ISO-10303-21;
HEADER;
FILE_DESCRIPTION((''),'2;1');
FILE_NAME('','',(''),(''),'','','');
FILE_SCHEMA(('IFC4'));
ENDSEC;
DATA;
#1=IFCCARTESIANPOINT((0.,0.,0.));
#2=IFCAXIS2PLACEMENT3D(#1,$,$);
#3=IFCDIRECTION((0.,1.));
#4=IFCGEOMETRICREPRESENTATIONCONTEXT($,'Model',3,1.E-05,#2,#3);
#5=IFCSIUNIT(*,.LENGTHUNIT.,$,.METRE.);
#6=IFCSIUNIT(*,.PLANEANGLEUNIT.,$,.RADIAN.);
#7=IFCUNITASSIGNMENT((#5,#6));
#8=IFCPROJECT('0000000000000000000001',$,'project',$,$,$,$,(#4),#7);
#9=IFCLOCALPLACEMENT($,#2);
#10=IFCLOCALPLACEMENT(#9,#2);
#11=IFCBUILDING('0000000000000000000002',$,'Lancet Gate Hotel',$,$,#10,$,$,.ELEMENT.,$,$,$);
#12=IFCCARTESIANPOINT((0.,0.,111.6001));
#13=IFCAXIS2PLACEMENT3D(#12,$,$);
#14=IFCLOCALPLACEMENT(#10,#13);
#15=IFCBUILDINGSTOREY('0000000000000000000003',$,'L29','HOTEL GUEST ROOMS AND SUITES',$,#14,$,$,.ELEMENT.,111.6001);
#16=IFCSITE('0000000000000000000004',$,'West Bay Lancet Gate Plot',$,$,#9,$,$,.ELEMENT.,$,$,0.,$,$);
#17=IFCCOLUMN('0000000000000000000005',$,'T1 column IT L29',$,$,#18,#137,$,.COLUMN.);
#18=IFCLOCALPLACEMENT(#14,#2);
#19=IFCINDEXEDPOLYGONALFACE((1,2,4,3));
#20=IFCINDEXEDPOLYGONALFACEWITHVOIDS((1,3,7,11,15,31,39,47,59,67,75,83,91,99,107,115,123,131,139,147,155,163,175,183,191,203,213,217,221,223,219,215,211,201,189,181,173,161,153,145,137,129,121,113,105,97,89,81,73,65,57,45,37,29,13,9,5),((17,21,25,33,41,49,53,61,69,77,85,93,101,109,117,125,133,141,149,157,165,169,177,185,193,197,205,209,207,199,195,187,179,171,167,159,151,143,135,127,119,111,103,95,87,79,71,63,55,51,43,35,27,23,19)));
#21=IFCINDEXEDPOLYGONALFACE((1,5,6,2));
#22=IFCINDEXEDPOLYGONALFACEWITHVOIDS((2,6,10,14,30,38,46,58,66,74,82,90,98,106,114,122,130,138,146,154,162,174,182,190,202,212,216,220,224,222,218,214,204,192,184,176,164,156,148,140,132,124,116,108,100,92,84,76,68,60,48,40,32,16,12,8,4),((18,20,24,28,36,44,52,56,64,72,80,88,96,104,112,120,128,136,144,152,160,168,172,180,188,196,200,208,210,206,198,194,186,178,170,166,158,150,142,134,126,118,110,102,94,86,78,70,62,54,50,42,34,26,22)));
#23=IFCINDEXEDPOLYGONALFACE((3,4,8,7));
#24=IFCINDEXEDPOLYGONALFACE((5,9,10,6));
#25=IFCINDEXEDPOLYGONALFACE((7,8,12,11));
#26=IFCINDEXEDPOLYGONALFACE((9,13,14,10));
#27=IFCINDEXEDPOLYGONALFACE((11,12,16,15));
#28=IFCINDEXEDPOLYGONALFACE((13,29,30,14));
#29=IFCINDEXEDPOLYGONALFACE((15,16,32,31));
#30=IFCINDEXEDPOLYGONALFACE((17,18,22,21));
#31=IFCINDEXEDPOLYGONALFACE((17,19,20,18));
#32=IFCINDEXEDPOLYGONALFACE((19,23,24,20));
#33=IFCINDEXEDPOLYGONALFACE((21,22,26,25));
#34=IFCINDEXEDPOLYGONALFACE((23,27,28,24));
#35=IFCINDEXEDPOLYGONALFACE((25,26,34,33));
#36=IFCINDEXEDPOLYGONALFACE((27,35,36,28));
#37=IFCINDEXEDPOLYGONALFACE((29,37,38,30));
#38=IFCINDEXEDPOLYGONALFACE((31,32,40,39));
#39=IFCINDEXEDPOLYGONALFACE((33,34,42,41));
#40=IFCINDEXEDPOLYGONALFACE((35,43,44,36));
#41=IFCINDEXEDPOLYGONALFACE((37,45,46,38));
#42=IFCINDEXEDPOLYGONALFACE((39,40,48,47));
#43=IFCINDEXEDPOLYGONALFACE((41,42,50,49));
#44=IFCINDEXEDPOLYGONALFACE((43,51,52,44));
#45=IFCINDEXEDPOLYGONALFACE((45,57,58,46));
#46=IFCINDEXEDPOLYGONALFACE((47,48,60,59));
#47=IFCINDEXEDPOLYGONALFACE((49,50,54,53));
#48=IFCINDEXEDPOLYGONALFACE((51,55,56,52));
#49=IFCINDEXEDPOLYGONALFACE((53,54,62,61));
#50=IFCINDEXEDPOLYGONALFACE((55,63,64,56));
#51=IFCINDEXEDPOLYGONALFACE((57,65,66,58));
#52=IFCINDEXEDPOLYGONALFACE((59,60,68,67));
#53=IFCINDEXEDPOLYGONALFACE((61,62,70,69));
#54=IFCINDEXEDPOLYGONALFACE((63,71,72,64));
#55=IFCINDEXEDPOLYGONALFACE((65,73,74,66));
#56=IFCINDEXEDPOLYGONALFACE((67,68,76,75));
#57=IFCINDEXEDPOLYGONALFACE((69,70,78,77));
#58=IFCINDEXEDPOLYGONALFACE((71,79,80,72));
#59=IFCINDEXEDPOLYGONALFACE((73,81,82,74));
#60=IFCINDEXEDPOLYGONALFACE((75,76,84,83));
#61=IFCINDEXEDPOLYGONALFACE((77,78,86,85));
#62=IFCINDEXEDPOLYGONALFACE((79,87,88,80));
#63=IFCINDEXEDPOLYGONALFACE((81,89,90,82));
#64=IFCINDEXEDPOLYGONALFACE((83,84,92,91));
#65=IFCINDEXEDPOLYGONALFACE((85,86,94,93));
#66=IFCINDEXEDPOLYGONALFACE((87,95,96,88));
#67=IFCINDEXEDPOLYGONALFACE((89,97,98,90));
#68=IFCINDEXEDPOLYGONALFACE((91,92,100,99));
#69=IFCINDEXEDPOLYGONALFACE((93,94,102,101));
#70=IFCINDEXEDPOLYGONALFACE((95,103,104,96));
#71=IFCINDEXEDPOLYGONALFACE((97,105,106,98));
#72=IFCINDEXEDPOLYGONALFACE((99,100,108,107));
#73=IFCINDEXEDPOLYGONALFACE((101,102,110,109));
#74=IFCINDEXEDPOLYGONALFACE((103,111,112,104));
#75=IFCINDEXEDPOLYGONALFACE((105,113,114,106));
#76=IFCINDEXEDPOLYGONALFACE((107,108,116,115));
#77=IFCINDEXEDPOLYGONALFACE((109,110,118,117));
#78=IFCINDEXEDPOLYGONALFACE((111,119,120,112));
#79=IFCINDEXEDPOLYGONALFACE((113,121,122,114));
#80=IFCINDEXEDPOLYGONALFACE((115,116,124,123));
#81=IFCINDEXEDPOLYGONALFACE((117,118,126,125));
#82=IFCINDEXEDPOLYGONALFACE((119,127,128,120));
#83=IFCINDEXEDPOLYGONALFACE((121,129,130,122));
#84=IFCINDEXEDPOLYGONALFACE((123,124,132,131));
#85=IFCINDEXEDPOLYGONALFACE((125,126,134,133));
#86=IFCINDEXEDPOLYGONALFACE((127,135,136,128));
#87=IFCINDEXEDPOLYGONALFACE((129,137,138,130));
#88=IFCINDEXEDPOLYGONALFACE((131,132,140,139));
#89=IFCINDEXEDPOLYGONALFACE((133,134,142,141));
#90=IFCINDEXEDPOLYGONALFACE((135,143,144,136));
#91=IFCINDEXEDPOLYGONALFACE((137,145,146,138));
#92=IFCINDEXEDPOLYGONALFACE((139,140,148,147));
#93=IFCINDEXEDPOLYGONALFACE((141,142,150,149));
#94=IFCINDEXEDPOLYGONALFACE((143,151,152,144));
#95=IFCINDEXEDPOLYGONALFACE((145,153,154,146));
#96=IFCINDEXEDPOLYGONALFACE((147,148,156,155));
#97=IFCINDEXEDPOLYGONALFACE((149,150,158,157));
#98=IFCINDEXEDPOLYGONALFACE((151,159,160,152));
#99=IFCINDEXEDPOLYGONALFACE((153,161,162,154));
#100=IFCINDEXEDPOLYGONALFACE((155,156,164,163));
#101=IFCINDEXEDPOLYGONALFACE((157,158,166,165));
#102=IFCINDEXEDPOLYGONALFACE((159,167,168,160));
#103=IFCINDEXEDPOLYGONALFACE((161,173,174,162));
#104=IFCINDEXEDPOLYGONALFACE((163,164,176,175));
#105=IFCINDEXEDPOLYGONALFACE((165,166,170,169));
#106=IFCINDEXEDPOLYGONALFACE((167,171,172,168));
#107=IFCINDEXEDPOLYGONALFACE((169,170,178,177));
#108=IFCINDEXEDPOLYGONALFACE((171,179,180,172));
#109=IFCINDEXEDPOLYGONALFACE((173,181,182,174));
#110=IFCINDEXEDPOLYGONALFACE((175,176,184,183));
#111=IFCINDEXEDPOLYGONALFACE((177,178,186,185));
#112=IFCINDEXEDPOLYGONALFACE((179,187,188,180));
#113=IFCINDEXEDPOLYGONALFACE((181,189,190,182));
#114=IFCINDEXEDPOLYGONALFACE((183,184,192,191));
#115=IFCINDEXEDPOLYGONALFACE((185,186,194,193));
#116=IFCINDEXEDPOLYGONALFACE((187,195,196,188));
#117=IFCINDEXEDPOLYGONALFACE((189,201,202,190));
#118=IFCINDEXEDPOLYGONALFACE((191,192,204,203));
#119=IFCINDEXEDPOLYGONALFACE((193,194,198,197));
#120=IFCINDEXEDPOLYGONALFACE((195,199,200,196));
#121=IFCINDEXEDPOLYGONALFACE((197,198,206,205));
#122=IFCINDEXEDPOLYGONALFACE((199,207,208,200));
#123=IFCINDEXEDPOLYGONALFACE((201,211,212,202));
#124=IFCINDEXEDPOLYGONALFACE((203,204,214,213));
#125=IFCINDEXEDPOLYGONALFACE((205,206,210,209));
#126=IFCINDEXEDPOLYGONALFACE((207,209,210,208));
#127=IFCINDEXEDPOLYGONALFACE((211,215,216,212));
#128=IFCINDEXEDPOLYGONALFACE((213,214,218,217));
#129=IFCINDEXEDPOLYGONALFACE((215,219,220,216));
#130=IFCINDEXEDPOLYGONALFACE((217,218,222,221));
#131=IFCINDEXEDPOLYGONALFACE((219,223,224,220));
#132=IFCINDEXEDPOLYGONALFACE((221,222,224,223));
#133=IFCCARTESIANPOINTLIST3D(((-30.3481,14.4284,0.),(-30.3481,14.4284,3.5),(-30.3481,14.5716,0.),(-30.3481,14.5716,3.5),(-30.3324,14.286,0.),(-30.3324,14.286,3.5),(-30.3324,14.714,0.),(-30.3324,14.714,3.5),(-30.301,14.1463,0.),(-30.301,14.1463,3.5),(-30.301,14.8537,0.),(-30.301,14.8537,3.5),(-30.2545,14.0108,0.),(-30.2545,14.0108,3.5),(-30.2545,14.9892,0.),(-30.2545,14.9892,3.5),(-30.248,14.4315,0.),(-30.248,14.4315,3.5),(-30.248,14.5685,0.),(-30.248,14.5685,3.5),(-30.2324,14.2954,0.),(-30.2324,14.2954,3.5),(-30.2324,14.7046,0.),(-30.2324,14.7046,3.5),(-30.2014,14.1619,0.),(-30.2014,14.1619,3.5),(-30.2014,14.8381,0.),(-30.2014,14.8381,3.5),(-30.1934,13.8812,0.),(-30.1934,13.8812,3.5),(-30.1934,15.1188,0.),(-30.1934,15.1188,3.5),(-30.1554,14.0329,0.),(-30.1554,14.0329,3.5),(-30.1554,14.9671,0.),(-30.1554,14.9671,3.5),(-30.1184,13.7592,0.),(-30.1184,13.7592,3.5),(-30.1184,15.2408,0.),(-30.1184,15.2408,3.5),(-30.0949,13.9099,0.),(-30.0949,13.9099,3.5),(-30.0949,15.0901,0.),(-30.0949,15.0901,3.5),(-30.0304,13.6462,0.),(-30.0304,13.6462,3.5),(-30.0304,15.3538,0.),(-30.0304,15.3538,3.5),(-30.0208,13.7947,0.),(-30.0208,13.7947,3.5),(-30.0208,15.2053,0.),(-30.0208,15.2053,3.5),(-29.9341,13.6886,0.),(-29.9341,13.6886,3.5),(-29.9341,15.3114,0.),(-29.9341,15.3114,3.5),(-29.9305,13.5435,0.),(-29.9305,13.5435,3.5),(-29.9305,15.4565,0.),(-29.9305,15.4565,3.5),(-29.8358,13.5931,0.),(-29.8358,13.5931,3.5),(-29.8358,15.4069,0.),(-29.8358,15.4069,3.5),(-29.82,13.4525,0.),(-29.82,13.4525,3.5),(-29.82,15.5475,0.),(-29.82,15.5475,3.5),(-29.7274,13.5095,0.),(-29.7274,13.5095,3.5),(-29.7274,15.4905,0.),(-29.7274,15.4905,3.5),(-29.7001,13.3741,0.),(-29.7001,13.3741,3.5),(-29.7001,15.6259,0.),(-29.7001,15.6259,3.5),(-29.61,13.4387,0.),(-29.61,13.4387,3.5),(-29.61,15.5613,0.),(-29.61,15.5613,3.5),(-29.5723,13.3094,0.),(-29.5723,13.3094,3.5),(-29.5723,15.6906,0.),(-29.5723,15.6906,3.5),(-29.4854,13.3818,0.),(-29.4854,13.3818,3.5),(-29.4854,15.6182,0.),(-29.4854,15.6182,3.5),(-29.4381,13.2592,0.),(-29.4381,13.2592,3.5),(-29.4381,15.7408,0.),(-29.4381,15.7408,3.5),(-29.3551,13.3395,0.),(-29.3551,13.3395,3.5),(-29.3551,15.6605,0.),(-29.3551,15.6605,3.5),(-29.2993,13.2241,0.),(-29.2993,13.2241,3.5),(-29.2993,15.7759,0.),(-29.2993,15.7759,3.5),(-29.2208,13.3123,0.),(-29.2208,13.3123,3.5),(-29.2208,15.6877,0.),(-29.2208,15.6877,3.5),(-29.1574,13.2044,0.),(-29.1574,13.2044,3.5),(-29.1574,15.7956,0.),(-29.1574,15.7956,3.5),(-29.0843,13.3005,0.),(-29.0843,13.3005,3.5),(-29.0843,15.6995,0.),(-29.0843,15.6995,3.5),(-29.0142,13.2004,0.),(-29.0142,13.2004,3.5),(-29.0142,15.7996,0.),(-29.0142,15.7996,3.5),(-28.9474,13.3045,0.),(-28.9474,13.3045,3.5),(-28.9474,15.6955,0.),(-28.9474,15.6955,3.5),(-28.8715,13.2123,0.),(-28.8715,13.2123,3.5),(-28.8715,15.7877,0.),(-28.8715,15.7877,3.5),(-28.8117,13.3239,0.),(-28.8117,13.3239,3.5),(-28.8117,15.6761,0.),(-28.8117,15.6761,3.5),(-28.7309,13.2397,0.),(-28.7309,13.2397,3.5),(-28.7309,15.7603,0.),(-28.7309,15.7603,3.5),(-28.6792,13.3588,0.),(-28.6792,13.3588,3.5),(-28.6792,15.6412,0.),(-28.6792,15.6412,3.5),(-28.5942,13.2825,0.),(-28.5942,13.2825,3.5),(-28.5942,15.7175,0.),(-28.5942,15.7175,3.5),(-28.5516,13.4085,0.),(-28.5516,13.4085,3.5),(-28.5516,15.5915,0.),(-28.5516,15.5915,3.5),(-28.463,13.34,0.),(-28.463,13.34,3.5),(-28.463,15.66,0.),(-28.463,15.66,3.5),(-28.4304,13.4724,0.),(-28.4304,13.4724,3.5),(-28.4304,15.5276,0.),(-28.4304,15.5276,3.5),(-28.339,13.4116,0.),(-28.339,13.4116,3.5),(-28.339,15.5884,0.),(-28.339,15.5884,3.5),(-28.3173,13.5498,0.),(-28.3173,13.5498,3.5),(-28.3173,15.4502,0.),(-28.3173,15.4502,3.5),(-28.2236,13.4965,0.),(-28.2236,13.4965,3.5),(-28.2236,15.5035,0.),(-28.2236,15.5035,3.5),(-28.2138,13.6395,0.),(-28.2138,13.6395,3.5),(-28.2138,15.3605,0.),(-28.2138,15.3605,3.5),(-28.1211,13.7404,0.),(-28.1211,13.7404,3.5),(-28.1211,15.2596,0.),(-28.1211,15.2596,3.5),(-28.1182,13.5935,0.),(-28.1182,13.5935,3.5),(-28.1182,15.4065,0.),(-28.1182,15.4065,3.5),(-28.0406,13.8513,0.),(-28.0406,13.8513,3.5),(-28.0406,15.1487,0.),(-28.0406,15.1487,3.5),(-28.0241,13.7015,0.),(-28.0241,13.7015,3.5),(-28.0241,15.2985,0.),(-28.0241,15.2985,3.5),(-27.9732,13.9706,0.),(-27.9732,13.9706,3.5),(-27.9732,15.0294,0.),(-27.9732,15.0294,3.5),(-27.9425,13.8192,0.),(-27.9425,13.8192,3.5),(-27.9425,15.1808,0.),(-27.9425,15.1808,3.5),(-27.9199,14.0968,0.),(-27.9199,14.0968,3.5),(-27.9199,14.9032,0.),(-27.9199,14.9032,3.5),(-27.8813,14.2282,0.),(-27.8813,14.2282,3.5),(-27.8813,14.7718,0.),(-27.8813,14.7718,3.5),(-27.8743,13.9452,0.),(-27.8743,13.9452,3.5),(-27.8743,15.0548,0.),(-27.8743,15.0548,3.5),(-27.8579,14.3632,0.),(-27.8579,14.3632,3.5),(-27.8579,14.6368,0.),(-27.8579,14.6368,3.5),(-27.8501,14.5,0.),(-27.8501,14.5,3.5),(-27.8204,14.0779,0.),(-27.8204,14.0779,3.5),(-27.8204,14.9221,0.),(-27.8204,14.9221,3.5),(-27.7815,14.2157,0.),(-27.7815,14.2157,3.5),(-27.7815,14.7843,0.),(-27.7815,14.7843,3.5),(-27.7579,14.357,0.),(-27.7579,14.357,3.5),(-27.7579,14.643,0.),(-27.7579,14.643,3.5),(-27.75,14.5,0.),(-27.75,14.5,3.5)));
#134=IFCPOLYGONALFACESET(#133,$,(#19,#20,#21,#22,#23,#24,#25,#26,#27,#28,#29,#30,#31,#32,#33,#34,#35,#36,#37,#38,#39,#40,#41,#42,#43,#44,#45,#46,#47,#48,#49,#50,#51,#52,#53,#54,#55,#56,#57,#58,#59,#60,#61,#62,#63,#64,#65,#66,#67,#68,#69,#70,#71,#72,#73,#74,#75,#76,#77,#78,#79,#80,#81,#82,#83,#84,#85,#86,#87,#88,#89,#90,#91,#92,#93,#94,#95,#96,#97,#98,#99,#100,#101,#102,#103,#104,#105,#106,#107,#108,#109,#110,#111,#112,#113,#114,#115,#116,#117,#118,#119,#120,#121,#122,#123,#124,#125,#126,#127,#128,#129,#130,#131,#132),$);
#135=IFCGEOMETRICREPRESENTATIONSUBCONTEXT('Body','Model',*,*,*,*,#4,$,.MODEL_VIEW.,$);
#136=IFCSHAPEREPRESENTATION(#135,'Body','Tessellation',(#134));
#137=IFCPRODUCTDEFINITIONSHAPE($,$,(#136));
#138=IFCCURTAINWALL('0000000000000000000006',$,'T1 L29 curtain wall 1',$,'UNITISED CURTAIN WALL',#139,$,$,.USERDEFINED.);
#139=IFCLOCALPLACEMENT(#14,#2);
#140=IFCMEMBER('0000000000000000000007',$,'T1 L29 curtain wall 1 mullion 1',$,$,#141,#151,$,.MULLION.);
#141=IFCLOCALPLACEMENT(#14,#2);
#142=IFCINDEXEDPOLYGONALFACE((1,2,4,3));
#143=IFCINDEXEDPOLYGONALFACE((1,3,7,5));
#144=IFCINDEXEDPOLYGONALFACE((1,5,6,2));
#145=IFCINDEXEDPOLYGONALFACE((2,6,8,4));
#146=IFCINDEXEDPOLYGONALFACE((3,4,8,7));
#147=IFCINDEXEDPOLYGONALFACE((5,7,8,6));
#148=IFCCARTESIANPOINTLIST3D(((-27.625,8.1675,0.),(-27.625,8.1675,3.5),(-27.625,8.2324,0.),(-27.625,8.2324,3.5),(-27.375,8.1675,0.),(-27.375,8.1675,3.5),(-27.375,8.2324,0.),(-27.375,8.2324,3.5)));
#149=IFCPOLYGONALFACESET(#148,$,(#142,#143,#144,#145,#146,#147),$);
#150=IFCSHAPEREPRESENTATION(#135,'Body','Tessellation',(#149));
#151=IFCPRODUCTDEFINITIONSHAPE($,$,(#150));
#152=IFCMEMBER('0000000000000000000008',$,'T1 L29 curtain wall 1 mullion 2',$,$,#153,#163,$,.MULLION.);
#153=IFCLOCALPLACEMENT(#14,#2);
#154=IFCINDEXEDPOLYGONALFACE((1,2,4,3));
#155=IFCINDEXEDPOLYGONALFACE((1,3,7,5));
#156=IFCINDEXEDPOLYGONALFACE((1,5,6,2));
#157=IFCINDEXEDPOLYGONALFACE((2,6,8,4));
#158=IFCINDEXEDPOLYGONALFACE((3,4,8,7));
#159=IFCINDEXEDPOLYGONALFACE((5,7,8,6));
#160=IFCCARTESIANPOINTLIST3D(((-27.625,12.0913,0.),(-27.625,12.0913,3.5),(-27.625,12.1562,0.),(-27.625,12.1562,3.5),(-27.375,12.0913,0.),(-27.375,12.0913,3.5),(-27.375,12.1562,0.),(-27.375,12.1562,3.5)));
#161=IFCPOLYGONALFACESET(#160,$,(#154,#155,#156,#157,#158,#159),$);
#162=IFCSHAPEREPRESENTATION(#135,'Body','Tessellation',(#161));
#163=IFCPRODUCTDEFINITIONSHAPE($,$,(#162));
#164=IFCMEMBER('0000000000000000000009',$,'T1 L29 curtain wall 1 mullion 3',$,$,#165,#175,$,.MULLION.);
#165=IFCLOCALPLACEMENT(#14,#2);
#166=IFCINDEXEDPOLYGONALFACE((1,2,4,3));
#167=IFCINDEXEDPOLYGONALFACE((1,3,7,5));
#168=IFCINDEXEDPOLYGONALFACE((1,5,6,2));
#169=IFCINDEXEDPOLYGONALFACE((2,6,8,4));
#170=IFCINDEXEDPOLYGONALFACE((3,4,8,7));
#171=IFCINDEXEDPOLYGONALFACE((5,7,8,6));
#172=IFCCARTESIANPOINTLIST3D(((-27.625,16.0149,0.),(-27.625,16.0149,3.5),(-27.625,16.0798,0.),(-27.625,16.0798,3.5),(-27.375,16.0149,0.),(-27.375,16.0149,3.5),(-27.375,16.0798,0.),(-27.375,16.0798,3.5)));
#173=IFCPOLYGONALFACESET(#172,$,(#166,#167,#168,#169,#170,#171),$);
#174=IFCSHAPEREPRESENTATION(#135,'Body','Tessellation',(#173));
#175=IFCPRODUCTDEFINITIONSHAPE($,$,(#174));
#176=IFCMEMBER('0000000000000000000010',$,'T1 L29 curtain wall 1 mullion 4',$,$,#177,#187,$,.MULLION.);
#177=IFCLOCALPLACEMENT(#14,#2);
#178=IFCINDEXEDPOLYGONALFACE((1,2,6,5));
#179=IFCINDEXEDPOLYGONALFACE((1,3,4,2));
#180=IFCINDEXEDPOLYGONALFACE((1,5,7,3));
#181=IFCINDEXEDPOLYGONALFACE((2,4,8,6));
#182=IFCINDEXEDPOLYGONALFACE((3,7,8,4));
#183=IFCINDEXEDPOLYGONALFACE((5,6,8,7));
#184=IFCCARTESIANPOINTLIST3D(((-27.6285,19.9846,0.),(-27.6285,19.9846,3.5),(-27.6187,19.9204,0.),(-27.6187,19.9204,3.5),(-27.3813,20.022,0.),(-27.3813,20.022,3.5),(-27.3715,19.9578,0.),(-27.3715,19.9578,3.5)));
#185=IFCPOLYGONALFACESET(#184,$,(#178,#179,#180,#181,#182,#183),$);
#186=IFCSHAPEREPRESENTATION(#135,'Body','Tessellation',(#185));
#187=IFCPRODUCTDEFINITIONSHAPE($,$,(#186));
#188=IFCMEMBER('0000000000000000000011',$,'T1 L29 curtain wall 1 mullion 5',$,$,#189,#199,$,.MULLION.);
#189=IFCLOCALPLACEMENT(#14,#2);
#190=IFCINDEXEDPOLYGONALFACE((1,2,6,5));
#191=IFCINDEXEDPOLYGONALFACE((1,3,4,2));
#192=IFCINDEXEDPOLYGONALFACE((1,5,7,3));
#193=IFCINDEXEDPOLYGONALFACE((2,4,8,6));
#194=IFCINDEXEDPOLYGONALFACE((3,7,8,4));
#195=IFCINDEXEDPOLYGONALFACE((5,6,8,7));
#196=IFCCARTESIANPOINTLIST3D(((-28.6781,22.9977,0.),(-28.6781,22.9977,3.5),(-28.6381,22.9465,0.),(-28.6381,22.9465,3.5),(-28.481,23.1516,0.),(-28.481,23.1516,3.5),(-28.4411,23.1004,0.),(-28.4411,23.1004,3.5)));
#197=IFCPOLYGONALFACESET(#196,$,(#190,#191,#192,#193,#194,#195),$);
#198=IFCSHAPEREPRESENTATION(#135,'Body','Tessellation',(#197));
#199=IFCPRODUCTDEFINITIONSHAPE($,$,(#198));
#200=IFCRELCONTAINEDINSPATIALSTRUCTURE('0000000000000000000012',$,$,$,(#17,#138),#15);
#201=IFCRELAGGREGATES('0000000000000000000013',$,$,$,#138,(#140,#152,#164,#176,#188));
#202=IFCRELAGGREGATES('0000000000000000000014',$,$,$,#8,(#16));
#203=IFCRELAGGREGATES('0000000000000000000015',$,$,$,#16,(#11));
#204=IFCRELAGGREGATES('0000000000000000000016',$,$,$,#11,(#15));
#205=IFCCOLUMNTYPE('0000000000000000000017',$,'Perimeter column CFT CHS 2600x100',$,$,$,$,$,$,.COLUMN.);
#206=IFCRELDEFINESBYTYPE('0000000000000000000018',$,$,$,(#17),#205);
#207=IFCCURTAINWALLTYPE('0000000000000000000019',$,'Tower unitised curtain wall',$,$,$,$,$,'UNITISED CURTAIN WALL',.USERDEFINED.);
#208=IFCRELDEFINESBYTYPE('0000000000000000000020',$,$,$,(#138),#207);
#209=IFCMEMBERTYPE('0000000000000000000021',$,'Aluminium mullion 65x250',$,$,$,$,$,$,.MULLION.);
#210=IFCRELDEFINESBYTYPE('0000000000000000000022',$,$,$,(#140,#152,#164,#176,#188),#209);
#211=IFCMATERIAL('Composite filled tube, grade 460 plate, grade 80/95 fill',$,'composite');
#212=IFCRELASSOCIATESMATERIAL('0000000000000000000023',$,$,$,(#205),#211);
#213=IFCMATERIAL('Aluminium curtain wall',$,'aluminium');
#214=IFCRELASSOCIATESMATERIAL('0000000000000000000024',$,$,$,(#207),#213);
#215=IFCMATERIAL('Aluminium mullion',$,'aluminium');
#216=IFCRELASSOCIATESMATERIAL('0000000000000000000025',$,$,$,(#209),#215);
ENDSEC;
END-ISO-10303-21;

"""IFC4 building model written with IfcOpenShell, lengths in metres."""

from ifc_helpers import new_model, si_unit, direction, frame, origin, origin_2d, place, context, subcontext, project, spatial, rectangle, hollow_circle, extrude, material, material_profile, profile_set, type_object, element, aggregate, save


model = new_model("IFC4")

# Units and contexts
model_context = context("Model", 3, precision=1e-05, world=origin(), true_north=direction((0.0, 1.0)))
body_context = subcontext(model_context, "Body", "Model", "MODEL_VIEW")
ifc_project = project(units=[si_unit("LENGTHUNIT", "METRE"), si_unit("PLANEANGLEUNIT", "RADIAN")], contexts=[model_context])

# Site, building, storey
site_placement = place(None, origin())
site = spatial("IfcSite", under=ifc_project, at=site_placement, Name="West Bay Lancet Gate Plot", CompositionType="ELEMENT", RefElevation=0.0)
building_placement = place(site_placement, origin())
building = spatial("IfcBuilding", under=site, at=building_placement, Name="Lancet Gate Hotel", CompositionType="ELEMENT")
storey_placement = place(building_placement, frame((0.0, 0.0, 111.6001)))
storey = spatial("IfcBuildingStorey", under=building, at=storey_placement, Name="L29", Description="HOTEL GUEST ROOMS AND SUITES", CompositionType="ELEMENT", Elevation=111.6001)

# Column
ifc_material_1 = material(Name="Composite filled tube, grade 460 plate, grade 80/95 fill", Category="composite")
ifc_material_profile_1 = material_profile(ifc_material_1, hollow_circle(Radius=1.3, WallThickness=0.1001, at=origin_2d()), Name="CHS 2600x100")
ifc_profile_set_1 = profile_set([ifc_material_profile_1], Name="Composite filled tube, grade 460 plate, grade 80/95 fill")
column_type = type_object("IfcColumnType", Name="Perimeter column CFT CHS 2600x100", PredefinedType="COLUMN", material=ifc_profile_set_1)
for number, where, z_axis, x_axis, name in (
    (1, (-29.05, 14.5, 0.0), (0.0, 0.0, 1.0), (1.0, 0.0, 0.0), "T1 column IT L29"),
):
    element("IfcColumn", number, at=place(storey_placement, frame(where, z_axis=z_axis, x_axis=x_axis)), inside=storey, type_object=column_type, Name=name, PredefinedType="COLUMN", context=body_context, shape_type="SweptSolid", body=[
        extrude(hollow_circle(Radius=1.3, WallThickness=0.1001, at=origin_2d()), origin(), (0.0, 0.0, 1.0), 3.5),
    ])

# Curtain wall, members
ifc_material_2 = material(Name="Aluminium curtain wall", Category="aluminium")
curtain_wall_type = type_object("IfcCurtainWallType", Name="Tower unitised curtain wall", ElementType="UNITISED CURTAIN WALL", PredefinedType="USERDEFINED", material=ifc_material_2)
curtain_wall_placement = place(storey_placement, origin())
curtain_wall = element("IfcCurtainWall", 2, at=curtain_wall_placement, inside=storey, type_object=curtain_wall_type, Name="T1 L29 curtain wall 1", ObjectType="UNITISED CURTAIN WALL", PredefinedType="USERDEFINED")
ifc_material_3 = material(Name="Aluminium mullion", Category="aluminium")
ifc_material_profile_2 = material_profile(ifc_material_3, rectangle(XDim=0.0649, YDim=0.25, at=origin_2d()), Name="MULLION 65x250")
ifc_profile_set_2 = profile_set([ifc_material_profile_2], Name="Aluminium mullion")
member_type_1 = type_object("IfcMemberType", Name="Aluminium mullion 65x250", PredefinedType="MULLION", material=ifc_profile_set_2)
member_1_placement = place(storey_placement, frame((-27.5, 8.2, 0.0), z_axis=(0.0, 0.0, 1.0), x_axis=(0.0, 1.0, 0.0)))
member_1 = element("IfcMember", 3, at=member_1_placement, type_object=member_type_1, Name="T1 L29 curtain wall 1 mullion 1", PredefinedType="MULLION", context=body_context, shape_type="SweptSolid", body=[
    extrude(rectangle(XDim=0.0649, YDim=0.25, at=origin_2d()), origin(), (0.0, 0.0, 1.0), 3.5),
])
member_2_placement = place(storey_placement, frame((-27.5, 12.1238, 0.0), z_axis=(0.0, 0.0, 1.0), x_axis=(0.0, 1.0, 0.0)))
member_2 = element("IfcMember", 4, at=member_2_placement, type_object=member_type_1, Name="T1 L29 curtain wall 1 mullion 2", PredefinedType="MULLION", context=body_context, shape_type="SweptSolid", body=[
    extrude(rectangle(XDim=0.0649, YDim=0.25, at=origin_2d()), origin(), (0.0, 0.0, 1.0), 3.5),
])
member_3_placement = place(storey_placement, frame((-27.5, 16.0474, 0.0), z_axis=(0.0, 0.0, 1.0), x_axis=(0.0, 1.0, 0.0)))
member_3 = element("IfcMember", 5, at=member_3_placement, type_object=member_type_1, Name="T1 L29 curtain wall 1 mullion 3", PredefinedType="MULLION", context=body_context, shape_type="SweptSolid", body=[
    extrude(rectangle(XDim=0.0649, YDim=0.25, at=origin_2d()), origin(), (0.0, 0.0, 1.0), 3.5),
])
member_4_placement = place(storey_placement, frame((-27.5, 19.9712, 0.0), z_axis=(0.0, 0.0, 1.0), x_axis=(-0.149634, 0.988741, 0.0)))
member_4 = element("IfcMember", 6, at=member_4_placement, type_object=member_type_1, Name="T1 L29 curtain wall 1 mullion 4", PredefinedType="MULLION", context=body_context, shape_type="SweptSolid", body=[
    extrude(rectangle(XDim=0.0649, YDim=0.25, at=origin_2d()), origin(), (0.0, 0.0, 1.0), 3.5),
])
member_5_placement = place(storey_placement, frame((-28.5596, 23.0491, 0.0), z_axis=(0.0, 0.0, 1.0), x_axis=(-0.615574, 0.788079, 0.0)))
member_5 = element("IfcMember", 7, at=member_5_placement, type_object=member_type_1, Name="T1 L29 curtain wall 1 mullion 5", PredefinedType="MULLION", context=body_context, shape_type="SweptSolid", body=[
    extrude(rectangle(XDim=0.0649, YDim=0.25, at=origin_2d()), origin(), (0.0, 0.0, 1.0), 3.5),
])

aggregate(curtain_wall, [member_1, member_2, member_3, member_4, member_5])

save(model, "model.ifc")
